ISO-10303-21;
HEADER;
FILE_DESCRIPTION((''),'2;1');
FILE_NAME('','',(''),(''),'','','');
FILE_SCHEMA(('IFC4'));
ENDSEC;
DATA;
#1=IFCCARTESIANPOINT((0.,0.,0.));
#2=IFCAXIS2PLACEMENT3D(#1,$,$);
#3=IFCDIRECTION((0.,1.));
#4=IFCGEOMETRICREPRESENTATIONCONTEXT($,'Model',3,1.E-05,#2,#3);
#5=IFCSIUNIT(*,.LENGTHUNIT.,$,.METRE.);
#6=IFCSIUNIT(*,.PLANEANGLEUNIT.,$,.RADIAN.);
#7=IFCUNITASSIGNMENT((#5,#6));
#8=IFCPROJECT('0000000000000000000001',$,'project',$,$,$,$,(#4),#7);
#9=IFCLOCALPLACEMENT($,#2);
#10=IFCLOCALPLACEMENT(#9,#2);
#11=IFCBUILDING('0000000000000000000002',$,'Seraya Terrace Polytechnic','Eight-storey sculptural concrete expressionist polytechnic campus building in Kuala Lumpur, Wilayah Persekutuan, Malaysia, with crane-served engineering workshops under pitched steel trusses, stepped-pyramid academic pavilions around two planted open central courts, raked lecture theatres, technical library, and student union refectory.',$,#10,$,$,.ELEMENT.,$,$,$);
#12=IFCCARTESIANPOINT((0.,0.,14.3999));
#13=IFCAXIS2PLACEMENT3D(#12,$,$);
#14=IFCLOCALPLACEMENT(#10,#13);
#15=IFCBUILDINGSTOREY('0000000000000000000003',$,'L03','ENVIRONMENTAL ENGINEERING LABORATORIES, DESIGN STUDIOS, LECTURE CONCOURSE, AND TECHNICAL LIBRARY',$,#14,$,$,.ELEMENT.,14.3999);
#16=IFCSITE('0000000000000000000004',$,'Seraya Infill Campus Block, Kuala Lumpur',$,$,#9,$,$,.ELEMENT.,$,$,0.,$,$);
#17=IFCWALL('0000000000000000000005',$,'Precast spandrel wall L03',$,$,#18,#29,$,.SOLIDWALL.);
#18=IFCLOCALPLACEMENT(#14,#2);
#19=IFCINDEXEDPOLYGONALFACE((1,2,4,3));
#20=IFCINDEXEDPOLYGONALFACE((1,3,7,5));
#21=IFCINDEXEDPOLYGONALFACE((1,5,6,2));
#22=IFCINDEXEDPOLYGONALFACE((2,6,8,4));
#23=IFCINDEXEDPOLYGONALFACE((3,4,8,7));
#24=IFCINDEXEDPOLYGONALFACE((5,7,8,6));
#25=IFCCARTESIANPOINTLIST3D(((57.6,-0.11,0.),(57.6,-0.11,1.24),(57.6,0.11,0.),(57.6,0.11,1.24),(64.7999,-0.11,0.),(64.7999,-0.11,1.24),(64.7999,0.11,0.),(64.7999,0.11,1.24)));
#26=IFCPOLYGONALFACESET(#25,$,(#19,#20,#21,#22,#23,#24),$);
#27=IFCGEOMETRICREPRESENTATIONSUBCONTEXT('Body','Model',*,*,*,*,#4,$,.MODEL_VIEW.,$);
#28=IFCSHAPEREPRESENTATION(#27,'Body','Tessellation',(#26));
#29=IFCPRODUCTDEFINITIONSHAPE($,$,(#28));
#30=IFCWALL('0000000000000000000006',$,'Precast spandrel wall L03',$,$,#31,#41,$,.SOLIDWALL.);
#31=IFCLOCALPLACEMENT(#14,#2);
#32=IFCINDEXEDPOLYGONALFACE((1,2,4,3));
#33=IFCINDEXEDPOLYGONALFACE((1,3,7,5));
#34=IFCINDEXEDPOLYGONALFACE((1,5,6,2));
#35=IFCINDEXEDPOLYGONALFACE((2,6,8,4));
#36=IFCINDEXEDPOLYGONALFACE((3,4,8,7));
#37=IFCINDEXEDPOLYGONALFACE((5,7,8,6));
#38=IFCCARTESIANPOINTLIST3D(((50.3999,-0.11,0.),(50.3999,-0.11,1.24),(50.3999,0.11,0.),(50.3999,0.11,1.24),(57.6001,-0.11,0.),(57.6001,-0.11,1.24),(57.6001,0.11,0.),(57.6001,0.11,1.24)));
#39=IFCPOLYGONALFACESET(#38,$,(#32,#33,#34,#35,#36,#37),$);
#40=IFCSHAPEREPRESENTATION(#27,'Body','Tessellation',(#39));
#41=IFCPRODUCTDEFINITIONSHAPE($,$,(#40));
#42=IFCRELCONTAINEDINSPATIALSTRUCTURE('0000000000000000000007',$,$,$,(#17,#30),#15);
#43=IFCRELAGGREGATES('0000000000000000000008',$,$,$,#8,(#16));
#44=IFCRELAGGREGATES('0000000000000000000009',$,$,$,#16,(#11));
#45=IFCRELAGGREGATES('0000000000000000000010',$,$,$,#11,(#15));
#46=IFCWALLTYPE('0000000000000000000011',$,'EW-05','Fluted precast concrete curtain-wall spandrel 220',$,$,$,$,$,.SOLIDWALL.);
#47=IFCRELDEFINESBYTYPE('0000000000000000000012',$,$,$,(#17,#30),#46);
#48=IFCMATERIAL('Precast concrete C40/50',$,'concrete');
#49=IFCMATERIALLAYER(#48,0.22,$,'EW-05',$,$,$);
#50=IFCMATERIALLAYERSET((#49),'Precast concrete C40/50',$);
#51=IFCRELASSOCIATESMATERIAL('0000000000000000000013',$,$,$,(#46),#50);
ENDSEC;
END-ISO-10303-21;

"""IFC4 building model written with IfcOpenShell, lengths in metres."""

from ifc_helpers import new_model, si_unit, direction, frame, frame_2d, origin, place, context, subcontext, project, spatial, rectangle, extrude, material, layer, layer_set, type_object, element, save


model = new_model("IFC4")

# Units and contexts
model_context = context("Model", 3, precision=1e-05, world=origin(), true_north=direction((0.0, 1.0)))
body_context = subcontext(model_context, "Body", "Model", "MODEL_VIEW")
ifc_project = project(units=[si_unit("LENGTHUNIT", "METRE"), si_unit("PLANEANGLEUNIT", "RADIAN")], contexts=[model_context])

# Site, building, storey
site_placement = place(None, origin())
site = spatial("IfcSite", under=ifc_project, at=site_placement, Name="Seraya Infill Campus Block, Kuala Lumpur", CompositionType="ELEMENT", RefElevation=0.0)
building_placement = place(site_placement, origin())
building = spatial("IfcBuilding", under=site, at=building_placement, Name="Seraya Terrace Polytechnic", Description="Eight-storey sculptural concrete expressionist polytechnic campus building in Kuala Lumpur, Wilayah Persekutuan, Malaysia, with crane-served engineering workshops under pitched steel trusses, stepped-pyramid academic pavilions around two planted open central courts, raked lecture theatres, technical library, and student union refectory.", CompositionType="ELEMENT")
storey_placement = place(building_placement, frame((0.0, 0.0, 14.3999)))
storey = spatial("IfcBuildingStorey", under=building, at=storey_placement, Name="L03", Description="ENVIRONMENTAL ENGINEERING LABORATORIES, DESIGN STUDIOS, LECTURE CONCOURSE, AND TECHNICAL LIBRARY", CompositionType="ELEMENT", Elevation=14.3999)

# Walls
ifc_material_1 = material(Name="Precast concrete C40/50", Category="concrete")
ifc_layer_1 = layer(ifc_material_1, 0.22, Name="EW-05")
ifc_layer_set_1 = layer_set([ifc_layer_1], Name="Precast concrete C40/50")
wall_type = type_object("IfcWallType", Name="EW-05", Description="Fluted precast concrete curtain-wall spandrel 220", PredefinedType="SOLIDWALL", material=ifc_layer_set_1)
wall_1_placement = place(storey_placement, frame((64.8, 0.0, 0.0), z_axis=(0.0, 0.0, 1.0), x_axis=(-1.0, 0.0, 0.0)))
element("IfcWall", 1, at=wall_1_placement, inside=storey, type_object=wall_type, Name="Precast spandrel wall L03", PredefinedType="SOLIDWALL", context=body_context, shape_type="SweptSolid", body=[
    extrude(rectangle(XDim=7.2, YDim=0.22, at=frame_2d((3.6001, 0.0))), origin(), (0.0, 0.0, 1.0), 1.24),
])
wall_2_placement = place(storey_placement, frame((57.6001, 0.0, 0.0), z_axis=(0.0, 0.0, 1.0), x_axis=(-1.0, 0.0, 0.0)))
element("IfcWall", 2, at=wall_2_placement, inside=storey, type_object=wall_type, Name="Precast spandrel wall L03", PredefinedType="SOLIDWALL", context=body_context, shape_type="SweptSolid", body=[
    extrude(rectangle(XDim=7.2002, YDim=0.22, at=frame_2d((3.6001, 0.0))), origin(), (0.0, 0.0, 1.0), 1.24),
])

save(model, "model.ifc")
